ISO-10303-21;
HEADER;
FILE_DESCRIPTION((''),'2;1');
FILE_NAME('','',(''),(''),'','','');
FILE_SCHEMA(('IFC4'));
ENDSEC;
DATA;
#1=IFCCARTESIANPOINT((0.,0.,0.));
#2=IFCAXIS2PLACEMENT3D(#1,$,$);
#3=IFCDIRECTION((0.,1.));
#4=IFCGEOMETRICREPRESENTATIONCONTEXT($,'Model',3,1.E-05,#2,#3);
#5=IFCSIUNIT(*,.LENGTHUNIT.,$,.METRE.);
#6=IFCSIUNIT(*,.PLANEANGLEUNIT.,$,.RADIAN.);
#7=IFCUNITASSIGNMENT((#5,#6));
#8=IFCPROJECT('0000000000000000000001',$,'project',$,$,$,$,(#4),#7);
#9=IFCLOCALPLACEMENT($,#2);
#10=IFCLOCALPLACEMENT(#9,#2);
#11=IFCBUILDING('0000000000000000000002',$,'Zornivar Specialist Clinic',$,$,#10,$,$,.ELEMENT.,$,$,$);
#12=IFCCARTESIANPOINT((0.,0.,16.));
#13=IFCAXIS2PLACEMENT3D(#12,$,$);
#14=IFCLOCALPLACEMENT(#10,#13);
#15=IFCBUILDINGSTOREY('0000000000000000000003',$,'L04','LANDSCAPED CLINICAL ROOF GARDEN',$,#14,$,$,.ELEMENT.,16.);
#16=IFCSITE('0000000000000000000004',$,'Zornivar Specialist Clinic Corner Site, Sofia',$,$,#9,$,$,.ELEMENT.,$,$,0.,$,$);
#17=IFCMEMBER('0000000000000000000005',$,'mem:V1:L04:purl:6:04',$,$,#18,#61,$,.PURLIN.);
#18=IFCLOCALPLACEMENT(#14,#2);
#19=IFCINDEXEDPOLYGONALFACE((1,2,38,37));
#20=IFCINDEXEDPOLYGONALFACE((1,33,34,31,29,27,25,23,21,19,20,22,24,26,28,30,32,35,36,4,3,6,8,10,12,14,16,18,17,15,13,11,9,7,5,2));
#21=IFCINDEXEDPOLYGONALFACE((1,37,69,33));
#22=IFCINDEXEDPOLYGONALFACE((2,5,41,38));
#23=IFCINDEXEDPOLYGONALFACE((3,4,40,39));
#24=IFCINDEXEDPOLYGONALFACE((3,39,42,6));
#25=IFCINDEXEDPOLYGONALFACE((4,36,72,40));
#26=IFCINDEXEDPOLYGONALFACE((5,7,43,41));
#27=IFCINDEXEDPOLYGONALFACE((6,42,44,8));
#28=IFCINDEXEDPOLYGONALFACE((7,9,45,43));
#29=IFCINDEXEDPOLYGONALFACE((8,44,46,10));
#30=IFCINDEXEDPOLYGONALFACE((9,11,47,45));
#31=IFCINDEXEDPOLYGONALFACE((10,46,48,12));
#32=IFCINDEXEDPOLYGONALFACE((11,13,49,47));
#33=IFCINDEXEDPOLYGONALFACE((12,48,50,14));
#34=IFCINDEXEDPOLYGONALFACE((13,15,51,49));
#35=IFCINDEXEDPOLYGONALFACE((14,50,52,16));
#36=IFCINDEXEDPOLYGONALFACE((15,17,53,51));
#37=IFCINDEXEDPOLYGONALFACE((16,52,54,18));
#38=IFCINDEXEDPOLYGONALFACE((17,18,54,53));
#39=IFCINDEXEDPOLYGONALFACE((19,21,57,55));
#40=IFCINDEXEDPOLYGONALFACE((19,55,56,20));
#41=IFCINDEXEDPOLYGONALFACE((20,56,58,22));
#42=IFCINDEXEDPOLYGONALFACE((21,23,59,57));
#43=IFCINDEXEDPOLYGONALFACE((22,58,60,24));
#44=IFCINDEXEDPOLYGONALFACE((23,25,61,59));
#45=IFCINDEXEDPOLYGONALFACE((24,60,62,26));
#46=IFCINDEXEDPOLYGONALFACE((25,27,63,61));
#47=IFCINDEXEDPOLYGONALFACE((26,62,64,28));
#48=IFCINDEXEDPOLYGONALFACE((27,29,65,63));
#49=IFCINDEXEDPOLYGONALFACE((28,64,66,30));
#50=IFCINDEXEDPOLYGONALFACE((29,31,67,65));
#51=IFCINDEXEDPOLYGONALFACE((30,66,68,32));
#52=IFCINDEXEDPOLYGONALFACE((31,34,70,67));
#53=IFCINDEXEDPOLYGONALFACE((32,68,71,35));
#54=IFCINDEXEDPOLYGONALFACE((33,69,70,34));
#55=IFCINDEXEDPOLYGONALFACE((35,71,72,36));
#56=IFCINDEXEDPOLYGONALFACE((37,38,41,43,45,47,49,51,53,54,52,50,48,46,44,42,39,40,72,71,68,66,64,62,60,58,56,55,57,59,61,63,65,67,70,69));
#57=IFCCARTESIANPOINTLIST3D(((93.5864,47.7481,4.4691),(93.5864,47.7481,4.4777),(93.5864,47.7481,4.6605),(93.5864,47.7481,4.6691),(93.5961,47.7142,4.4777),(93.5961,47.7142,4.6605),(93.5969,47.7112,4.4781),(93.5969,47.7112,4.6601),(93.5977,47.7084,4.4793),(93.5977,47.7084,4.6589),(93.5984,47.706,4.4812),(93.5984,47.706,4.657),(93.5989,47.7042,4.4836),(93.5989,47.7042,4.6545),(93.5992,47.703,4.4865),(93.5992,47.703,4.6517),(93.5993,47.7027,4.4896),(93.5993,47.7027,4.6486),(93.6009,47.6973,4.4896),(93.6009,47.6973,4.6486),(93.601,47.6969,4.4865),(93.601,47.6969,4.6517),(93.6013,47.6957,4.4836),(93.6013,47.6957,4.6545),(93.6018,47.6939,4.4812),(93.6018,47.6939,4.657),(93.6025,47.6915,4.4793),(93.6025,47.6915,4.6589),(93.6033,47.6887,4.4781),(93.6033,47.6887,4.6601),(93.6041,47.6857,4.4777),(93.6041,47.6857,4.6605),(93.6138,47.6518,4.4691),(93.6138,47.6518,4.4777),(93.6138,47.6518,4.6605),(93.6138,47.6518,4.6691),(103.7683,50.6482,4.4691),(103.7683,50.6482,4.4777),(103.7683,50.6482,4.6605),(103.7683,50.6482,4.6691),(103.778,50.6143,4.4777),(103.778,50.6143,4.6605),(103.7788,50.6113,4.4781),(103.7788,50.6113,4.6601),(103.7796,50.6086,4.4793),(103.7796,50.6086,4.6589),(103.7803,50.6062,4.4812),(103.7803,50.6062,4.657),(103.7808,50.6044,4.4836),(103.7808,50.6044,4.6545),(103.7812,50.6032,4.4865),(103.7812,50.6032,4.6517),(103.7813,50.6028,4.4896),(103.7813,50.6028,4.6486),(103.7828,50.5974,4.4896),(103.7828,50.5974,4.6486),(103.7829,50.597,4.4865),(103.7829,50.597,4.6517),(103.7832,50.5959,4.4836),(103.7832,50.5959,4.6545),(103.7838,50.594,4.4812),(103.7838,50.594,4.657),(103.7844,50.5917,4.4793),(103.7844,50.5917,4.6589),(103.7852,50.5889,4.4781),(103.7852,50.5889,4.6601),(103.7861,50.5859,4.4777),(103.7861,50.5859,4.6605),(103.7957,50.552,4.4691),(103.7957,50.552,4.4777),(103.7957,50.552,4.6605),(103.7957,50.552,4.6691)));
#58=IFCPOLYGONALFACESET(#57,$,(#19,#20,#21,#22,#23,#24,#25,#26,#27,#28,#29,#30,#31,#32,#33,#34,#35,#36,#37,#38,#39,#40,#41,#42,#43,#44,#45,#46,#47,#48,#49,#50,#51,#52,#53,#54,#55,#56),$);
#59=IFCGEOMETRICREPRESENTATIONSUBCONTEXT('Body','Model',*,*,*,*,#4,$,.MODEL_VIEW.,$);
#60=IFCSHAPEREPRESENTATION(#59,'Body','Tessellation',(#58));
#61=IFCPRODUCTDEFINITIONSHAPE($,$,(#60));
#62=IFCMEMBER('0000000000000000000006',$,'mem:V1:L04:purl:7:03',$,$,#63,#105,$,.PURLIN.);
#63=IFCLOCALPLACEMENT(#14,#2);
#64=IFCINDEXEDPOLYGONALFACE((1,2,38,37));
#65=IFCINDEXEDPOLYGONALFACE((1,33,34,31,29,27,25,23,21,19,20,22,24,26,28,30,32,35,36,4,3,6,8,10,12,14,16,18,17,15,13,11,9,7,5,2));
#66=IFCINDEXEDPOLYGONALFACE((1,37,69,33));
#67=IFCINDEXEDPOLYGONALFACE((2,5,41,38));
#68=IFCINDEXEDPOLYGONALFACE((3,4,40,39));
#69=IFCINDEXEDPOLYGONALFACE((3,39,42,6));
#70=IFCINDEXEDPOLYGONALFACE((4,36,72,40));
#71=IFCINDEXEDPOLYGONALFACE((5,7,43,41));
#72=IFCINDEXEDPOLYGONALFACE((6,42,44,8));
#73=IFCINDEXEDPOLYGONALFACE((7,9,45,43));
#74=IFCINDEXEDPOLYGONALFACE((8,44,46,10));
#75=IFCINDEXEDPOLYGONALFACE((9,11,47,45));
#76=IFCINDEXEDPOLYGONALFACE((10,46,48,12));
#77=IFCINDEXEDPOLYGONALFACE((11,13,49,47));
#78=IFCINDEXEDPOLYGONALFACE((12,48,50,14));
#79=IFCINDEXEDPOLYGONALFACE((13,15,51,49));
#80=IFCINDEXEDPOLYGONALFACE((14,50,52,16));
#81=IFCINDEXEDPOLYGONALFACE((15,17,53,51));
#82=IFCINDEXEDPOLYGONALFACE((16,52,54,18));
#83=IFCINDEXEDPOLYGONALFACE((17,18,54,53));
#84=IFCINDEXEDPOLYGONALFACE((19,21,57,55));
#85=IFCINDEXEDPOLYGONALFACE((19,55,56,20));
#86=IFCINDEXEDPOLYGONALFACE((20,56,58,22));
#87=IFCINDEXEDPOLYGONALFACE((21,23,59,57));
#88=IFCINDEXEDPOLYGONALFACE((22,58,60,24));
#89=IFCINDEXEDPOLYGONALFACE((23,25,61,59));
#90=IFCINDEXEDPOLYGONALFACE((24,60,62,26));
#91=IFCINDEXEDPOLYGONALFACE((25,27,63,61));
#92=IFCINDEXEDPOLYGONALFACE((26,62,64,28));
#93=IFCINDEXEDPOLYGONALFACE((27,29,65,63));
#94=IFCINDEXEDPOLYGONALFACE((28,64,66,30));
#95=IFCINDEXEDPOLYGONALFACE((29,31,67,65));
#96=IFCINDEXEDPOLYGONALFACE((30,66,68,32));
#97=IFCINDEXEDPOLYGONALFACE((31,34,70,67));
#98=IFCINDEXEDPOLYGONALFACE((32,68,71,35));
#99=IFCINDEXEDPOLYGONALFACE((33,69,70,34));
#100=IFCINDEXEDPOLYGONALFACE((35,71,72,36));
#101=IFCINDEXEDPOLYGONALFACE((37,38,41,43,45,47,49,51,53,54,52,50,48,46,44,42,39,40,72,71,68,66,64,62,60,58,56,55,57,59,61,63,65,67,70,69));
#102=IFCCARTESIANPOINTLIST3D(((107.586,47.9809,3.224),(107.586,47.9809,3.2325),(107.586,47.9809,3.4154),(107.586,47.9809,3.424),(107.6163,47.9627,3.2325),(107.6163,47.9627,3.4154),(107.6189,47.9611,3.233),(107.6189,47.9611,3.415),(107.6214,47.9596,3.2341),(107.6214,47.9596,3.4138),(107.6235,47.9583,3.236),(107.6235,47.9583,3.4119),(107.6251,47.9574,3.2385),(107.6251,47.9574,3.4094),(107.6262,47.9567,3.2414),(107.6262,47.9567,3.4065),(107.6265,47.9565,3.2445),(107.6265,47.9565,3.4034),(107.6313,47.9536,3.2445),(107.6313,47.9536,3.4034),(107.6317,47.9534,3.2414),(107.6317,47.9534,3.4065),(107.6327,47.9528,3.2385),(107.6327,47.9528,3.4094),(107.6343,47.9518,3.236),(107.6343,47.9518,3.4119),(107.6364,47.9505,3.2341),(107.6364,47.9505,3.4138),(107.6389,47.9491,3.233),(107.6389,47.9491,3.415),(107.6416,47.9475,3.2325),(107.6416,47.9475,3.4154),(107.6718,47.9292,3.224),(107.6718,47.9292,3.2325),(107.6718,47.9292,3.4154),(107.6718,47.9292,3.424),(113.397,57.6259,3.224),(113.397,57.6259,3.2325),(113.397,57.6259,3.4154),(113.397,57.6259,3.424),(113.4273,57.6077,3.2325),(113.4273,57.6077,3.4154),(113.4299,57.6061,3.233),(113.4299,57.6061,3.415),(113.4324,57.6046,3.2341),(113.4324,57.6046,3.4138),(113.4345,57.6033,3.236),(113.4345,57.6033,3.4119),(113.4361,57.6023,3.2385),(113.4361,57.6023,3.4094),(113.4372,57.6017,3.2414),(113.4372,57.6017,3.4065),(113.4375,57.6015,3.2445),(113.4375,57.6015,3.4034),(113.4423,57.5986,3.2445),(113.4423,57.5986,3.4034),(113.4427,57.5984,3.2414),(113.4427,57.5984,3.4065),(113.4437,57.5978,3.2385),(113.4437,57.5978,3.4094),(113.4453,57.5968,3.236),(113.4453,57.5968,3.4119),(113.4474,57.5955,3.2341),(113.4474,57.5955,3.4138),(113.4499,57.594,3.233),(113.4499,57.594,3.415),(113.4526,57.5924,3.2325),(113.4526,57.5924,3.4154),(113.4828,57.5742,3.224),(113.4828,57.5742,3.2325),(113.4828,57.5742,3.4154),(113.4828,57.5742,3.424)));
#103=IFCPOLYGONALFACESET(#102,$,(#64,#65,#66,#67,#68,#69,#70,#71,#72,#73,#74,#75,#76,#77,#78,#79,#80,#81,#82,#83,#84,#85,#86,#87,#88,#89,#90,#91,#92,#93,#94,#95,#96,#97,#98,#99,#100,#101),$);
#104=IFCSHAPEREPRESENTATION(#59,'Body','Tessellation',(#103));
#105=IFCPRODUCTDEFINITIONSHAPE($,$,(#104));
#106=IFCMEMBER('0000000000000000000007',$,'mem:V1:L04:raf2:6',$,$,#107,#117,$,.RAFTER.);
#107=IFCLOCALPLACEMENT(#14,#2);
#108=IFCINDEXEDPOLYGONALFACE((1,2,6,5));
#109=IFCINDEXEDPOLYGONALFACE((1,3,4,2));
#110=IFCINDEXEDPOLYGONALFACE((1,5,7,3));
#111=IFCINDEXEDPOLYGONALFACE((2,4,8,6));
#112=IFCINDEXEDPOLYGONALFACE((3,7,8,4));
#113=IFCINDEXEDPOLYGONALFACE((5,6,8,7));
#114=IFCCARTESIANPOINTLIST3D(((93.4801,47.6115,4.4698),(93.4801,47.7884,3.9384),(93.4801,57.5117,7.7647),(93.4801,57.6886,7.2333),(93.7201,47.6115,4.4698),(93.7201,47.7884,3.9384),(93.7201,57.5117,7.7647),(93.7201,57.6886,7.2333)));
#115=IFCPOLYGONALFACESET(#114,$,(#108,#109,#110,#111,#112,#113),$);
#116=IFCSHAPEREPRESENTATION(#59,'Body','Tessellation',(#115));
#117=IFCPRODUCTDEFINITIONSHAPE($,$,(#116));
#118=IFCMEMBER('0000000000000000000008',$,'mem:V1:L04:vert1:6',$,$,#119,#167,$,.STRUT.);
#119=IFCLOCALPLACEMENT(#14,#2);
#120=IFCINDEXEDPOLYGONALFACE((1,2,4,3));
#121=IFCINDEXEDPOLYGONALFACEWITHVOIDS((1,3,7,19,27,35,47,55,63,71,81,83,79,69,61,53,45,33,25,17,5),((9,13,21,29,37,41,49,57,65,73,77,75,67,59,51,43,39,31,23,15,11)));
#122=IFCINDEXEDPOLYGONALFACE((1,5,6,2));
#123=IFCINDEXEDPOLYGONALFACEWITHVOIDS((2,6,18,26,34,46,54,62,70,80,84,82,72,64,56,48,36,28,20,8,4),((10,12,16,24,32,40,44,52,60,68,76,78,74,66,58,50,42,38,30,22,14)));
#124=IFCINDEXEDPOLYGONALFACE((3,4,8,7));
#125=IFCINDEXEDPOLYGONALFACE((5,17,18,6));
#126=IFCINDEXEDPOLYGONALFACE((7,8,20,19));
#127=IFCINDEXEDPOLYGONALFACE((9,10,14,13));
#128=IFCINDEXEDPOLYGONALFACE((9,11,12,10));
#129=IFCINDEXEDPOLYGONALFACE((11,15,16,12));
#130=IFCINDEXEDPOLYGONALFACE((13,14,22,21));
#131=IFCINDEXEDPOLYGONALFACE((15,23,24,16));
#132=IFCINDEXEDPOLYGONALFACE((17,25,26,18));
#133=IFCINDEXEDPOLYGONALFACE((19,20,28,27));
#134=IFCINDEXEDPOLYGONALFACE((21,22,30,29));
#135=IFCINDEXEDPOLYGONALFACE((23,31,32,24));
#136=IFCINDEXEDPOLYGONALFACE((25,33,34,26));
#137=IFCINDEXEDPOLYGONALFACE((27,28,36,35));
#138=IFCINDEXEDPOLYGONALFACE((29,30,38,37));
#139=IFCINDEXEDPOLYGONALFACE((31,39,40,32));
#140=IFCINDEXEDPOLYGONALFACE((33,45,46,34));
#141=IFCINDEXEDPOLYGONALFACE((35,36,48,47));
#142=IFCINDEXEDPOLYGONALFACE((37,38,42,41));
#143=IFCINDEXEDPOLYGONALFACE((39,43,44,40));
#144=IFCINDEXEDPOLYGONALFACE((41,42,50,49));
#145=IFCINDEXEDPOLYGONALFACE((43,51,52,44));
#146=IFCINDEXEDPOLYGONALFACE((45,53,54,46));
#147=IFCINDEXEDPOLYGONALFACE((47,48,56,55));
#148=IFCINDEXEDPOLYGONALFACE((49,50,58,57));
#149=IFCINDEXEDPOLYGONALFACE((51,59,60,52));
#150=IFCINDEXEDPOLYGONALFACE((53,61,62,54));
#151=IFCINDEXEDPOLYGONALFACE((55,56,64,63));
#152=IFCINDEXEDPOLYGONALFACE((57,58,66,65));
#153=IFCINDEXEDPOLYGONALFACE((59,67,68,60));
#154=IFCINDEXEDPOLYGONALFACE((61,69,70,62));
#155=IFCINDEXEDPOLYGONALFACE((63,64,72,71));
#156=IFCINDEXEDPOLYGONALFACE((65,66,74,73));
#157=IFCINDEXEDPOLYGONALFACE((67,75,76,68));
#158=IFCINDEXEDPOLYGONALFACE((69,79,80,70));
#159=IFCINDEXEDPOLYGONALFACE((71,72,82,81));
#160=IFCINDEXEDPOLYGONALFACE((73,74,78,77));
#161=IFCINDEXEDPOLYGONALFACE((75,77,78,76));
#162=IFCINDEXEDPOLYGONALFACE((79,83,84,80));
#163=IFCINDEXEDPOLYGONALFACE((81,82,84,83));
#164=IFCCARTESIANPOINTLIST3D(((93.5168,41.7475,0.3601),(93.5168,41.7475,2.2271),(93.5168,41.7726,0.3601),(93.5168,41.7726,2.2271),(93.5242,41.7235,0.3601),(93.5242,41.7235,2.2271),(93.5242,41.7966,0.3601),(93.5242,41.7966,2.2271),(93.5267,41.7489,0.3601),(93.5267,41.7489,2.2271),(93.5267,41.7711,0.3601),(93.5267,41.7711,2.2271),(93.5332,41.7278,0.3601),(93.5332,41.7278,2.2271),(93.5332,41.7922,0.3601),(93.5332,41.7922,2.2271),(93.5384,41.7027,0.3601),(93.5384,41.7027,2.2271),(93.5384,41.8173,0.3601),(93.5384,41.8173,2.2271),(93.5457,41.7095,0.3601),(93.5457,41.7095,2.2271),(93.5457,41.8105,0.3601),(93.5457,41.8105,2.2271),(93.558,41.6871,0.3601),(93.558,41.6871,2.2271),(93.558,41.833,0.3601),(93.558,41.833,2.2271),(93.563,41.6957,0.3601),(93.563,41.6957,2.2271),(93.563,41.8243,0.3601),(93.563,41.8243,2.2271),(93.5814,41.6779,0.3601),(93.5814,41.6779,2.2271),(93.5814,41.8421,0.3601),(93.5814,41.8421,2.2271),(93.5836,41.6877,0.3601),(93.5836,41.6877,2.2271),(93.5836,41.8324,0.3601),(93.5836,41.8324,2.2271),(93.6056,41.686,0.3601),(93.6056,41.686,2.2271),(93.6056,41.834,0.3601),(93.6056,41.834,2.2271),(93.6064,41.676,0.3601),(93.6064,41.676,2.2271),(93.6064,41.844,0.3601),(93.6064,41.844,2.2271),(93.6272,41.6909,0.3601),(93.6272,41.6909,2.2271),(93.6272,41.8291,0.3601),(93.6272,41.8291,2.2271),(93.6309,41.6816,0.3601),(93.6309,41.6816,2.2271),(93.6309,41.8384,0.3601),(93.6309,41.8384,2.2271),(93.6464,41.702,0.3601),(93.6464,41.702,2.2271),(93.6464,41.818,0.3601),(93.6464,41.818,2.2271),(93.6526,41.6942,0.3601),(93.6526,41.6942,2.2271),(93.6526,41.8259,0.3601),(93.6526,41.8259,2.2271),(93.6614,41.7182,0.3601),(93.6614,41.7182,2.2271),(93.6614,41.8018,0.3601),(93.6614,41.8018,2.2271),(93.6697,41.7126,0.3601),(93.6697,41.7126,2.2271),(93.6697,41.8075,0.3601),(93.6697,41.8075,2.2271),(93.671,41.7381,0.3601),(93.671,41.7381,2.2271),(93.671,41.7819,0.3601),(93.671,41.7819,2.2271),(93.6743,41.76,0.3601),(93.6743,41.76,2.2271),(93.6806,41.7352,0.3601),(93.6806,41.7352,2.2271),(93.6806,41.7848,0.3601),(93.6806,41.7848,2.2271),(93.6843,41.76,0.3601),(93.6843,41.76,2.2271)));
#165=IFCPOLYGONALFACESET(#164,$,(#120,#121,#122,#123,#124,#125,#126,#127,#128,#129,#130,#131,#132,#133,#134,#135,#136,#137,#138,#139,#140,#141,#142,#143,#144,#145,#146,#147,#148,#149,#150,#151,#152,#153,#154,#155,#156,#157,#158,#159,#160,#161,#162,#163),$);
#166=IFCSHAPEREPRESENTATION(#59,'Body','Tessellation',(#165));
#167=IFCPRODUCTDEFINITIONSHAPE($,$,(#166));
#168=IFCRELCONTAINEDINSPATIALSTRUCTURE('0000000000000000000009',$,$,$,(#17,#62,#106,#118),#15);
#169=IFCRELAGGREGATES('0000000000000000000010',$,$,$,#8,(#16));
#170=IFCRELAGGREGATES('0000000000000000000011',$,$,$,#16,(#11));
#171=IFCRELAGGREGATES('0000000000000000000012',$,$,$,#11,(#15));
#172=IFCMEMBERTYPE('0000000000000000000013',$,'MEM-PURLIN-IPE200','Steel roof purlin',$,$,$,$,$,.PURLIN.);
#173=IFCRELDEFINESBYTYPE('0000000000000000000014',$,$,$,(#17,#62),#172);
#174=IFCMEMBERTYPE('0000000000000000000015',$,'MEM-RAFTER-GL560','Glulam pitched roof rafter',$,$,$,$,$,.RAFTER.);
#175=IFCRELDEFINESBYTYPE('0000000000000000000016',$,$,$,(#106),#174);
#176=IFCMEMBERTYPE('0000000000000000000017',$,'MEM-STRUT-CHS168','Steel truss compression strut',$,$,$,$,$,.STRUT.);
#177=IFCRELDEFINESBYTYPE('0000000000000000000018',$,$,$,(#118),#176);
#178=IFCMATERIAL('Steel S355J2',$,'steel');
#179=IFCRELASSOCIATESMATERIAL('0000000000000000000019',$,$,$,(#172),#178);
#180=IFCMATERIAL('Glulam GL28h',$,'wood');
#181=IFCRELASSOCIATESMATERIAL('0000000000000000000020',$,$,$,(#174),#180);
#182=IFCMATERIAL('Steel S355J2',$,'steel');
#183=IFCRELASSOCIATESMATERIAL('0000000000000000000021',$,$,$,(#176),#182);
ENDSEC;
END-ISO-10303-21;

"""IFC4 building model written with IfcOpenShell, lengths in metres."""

from ifc_helpers import new_model, si_unit, direction, frame, origin, origin_2d, place, context, subcontext, project, spatial, rectangle, hollow_circle, i_section, extrude, material, material_profile, profile_set, type_object, element, save


model = new_model("IFC4")

# Units and contexts
model_context = context("Model", 3, precision=1e-05, world=origin(), true_north=direction((0.0, 1.0)))
body_context = subcontext(model_context, "Body", "Model", "MODEL_VIEW")
ifc_project = project(units=[si_unit("LENGTHUNIT", "METRE"), si_unit("PLANEANGLEUNIT", "RADIAN")], contexts=[model_context])

# Site, building, storey
site_placement = place(None, origin())
site = spatial("IfcSite", under=ifc_project, at=site_placement, Name="Zornivar Specialist Clinic Corner Site, Sofia", CompositionType="ELEMENT", RefElevation=0.0)
building_placement = place(site_placement, origin())
building = spatial("IfcBuilding", under=site, at=building_placement, Name="Zornivar Specialist Clinic", CompositionType="ELEMENT")
storey_placement = place(building_placement, frame((0.0, 0.0, 16.0)))
storey = spatial("IfcBuildingStorey", under=building, at=storey_placement, Name="L04", Description="LANDSCAPED CLINICAL ROOF GARDEN", CompositionType="ELEMENT", Elevation=16.0)

# Members
ifc_material_1 = material(Name="Steel S355J2", Category="steel")
ifc_material_profile_1 = material_profile(ifc_material_1, i_section(OverallWidth=0.1001, OverallDepth=0.2, WebThickness=0.0056, FlangeThickness=0.0085, FilletRadius=0.012, at=origin_2d()), Name="IPE 200")
ifc_profile_set_1 = profile_set([ifc_material_profile_1], Name="Steel S355J2")
member_type_1 = type_object("IfcMemberType", Name="MEM-PURLIN-IPE200", Description="Steel roof purlin", PredefinedType="PURLIN", material=ifc_profile_set_1)
member_1_placement = place(storey_placement, frame((93.6001, 47.7, 4.5691), z_axis=(0.961747, 0.273938, 0.0), x_axis=(-0.273938, 0.961747, 0.0)))
element("IfcMember", 1, at=member_1_placement, inside=storey, type_object=member_type_1, Name="mem:V1:L04:purl:6:04", PredefinedType="PURLIN", context=body_context, shape_type="SweptSolid", body=[
    extrude(i_section(OverallWidth=0.1001, OverallDepth=0.2, WebThickness=0.0056, FlangeThickness=0.0085, FilletRadius=0.012, at=origin_2d()), origin(), (0.0, 0.0, 1.0), 10.5869),
])
member_2_placement = place(storey_placement, frame((107.6289, 47.9551, 3.324), z_axis=(0.516064, 0.85655, 0.0), x_axis=(-0.85655, 0.516064, 0.0)))
element("IfcMember", 2, at=member_2_placement, inside=storey, type_object=member_type_1, Name="mem:V1:L04:purl:7:03", PredefinedType="PURLIN", context=body_context, shape_type="SweptSolid", body=[
    extrude(i_section(OverallWidth=0.1001, OverallDepth=0.2, WebThickness=0.0056, FlangeThickness=0.0085, FilletRadius=0.012, at=origin_2d()), origin(), (0.0, 0.0, 1.0), 11.2603),
])
ifc_material_2 = material(Name="Glulam GL28h", Category="wood")
ifc_material_profile_2 = material_profile(ifc_material_2, rectangle(XDim=0.24, YDim=0.5601, at=origin_2d()), Name="GL28h 240x560")
ifc_profile_set_2 = profile_set([ifc_material_profile_2], Name="Glulam GL28h")
member_type_2 = type_object("IfcMemberType", Name="MEM-RAFTER-GL560", Description="Glulam pitched roof rafter", PredefinedType="RAFTER", material=ifc_profile_set_2)
member_3_placement = place(storey_placement, frame((93.6001, 47.7, 4.2041), z_axis=(0.0, 0.948831, 0.315786), x_axis=(-1.0, 0.0, 0.0)))
element("IfcMember", 3, at=member_3_placement, inside=storey, type_object=member_type_2, Name="mem:V1:L04:raf2:6", PredefinedType="RAFTER", context=body_context, shape_type="SweptSolid", body=[
    extrude(rectangle(XDim=0.24, YDim=0.5601, at=origin_2d()), origin(), (0.0, 0.0, 1.0), 10.4341),
])
ifc_material_3 = material(Name="Steel S355J2", Category="steel")
ifc_material_profile_3 = material_profile(ifc_material_3, hollow_circle(Radius=0.0842, WallThickness=0.01, at=origin_2d()), Name="CHS 168.3x10")
ifc_profile_set_3 = profile_set([ifc_material_profile_3], Name="Steel S355J2")
member_type_3 = type_object("IfcMemberType", Name="MEM-STRUT-CHS168", Description="Steel truss compression strut", PredefinedType="STRUT", material=ifc_profile_set_3)
for number, where, z_axis, x_axis, name in (
    (4, (93.6001, 41.76, 0.3601), (0.0, 0.0, 1.0), (1.0, 0.0, 0.0), "mem:V1:L04:vert1:6"),
):
    element("IfcMember", number, at=place(storey_placement, frame(where, z_axis=z_axis, x_axis=x_axis)), inside=storey, type_object=member_type_3, Name=name, PredefinedType="STRUT", context=body_context, shape_type="SweptSolid", body=[
        extrude(hollow_circle(Radius=0.0842, WallThickness=0.01, at=origin_2d()), origin(), (0.0, 0.0, 1.0), 1.8669),
    ])

save(model, "model.ifc")
